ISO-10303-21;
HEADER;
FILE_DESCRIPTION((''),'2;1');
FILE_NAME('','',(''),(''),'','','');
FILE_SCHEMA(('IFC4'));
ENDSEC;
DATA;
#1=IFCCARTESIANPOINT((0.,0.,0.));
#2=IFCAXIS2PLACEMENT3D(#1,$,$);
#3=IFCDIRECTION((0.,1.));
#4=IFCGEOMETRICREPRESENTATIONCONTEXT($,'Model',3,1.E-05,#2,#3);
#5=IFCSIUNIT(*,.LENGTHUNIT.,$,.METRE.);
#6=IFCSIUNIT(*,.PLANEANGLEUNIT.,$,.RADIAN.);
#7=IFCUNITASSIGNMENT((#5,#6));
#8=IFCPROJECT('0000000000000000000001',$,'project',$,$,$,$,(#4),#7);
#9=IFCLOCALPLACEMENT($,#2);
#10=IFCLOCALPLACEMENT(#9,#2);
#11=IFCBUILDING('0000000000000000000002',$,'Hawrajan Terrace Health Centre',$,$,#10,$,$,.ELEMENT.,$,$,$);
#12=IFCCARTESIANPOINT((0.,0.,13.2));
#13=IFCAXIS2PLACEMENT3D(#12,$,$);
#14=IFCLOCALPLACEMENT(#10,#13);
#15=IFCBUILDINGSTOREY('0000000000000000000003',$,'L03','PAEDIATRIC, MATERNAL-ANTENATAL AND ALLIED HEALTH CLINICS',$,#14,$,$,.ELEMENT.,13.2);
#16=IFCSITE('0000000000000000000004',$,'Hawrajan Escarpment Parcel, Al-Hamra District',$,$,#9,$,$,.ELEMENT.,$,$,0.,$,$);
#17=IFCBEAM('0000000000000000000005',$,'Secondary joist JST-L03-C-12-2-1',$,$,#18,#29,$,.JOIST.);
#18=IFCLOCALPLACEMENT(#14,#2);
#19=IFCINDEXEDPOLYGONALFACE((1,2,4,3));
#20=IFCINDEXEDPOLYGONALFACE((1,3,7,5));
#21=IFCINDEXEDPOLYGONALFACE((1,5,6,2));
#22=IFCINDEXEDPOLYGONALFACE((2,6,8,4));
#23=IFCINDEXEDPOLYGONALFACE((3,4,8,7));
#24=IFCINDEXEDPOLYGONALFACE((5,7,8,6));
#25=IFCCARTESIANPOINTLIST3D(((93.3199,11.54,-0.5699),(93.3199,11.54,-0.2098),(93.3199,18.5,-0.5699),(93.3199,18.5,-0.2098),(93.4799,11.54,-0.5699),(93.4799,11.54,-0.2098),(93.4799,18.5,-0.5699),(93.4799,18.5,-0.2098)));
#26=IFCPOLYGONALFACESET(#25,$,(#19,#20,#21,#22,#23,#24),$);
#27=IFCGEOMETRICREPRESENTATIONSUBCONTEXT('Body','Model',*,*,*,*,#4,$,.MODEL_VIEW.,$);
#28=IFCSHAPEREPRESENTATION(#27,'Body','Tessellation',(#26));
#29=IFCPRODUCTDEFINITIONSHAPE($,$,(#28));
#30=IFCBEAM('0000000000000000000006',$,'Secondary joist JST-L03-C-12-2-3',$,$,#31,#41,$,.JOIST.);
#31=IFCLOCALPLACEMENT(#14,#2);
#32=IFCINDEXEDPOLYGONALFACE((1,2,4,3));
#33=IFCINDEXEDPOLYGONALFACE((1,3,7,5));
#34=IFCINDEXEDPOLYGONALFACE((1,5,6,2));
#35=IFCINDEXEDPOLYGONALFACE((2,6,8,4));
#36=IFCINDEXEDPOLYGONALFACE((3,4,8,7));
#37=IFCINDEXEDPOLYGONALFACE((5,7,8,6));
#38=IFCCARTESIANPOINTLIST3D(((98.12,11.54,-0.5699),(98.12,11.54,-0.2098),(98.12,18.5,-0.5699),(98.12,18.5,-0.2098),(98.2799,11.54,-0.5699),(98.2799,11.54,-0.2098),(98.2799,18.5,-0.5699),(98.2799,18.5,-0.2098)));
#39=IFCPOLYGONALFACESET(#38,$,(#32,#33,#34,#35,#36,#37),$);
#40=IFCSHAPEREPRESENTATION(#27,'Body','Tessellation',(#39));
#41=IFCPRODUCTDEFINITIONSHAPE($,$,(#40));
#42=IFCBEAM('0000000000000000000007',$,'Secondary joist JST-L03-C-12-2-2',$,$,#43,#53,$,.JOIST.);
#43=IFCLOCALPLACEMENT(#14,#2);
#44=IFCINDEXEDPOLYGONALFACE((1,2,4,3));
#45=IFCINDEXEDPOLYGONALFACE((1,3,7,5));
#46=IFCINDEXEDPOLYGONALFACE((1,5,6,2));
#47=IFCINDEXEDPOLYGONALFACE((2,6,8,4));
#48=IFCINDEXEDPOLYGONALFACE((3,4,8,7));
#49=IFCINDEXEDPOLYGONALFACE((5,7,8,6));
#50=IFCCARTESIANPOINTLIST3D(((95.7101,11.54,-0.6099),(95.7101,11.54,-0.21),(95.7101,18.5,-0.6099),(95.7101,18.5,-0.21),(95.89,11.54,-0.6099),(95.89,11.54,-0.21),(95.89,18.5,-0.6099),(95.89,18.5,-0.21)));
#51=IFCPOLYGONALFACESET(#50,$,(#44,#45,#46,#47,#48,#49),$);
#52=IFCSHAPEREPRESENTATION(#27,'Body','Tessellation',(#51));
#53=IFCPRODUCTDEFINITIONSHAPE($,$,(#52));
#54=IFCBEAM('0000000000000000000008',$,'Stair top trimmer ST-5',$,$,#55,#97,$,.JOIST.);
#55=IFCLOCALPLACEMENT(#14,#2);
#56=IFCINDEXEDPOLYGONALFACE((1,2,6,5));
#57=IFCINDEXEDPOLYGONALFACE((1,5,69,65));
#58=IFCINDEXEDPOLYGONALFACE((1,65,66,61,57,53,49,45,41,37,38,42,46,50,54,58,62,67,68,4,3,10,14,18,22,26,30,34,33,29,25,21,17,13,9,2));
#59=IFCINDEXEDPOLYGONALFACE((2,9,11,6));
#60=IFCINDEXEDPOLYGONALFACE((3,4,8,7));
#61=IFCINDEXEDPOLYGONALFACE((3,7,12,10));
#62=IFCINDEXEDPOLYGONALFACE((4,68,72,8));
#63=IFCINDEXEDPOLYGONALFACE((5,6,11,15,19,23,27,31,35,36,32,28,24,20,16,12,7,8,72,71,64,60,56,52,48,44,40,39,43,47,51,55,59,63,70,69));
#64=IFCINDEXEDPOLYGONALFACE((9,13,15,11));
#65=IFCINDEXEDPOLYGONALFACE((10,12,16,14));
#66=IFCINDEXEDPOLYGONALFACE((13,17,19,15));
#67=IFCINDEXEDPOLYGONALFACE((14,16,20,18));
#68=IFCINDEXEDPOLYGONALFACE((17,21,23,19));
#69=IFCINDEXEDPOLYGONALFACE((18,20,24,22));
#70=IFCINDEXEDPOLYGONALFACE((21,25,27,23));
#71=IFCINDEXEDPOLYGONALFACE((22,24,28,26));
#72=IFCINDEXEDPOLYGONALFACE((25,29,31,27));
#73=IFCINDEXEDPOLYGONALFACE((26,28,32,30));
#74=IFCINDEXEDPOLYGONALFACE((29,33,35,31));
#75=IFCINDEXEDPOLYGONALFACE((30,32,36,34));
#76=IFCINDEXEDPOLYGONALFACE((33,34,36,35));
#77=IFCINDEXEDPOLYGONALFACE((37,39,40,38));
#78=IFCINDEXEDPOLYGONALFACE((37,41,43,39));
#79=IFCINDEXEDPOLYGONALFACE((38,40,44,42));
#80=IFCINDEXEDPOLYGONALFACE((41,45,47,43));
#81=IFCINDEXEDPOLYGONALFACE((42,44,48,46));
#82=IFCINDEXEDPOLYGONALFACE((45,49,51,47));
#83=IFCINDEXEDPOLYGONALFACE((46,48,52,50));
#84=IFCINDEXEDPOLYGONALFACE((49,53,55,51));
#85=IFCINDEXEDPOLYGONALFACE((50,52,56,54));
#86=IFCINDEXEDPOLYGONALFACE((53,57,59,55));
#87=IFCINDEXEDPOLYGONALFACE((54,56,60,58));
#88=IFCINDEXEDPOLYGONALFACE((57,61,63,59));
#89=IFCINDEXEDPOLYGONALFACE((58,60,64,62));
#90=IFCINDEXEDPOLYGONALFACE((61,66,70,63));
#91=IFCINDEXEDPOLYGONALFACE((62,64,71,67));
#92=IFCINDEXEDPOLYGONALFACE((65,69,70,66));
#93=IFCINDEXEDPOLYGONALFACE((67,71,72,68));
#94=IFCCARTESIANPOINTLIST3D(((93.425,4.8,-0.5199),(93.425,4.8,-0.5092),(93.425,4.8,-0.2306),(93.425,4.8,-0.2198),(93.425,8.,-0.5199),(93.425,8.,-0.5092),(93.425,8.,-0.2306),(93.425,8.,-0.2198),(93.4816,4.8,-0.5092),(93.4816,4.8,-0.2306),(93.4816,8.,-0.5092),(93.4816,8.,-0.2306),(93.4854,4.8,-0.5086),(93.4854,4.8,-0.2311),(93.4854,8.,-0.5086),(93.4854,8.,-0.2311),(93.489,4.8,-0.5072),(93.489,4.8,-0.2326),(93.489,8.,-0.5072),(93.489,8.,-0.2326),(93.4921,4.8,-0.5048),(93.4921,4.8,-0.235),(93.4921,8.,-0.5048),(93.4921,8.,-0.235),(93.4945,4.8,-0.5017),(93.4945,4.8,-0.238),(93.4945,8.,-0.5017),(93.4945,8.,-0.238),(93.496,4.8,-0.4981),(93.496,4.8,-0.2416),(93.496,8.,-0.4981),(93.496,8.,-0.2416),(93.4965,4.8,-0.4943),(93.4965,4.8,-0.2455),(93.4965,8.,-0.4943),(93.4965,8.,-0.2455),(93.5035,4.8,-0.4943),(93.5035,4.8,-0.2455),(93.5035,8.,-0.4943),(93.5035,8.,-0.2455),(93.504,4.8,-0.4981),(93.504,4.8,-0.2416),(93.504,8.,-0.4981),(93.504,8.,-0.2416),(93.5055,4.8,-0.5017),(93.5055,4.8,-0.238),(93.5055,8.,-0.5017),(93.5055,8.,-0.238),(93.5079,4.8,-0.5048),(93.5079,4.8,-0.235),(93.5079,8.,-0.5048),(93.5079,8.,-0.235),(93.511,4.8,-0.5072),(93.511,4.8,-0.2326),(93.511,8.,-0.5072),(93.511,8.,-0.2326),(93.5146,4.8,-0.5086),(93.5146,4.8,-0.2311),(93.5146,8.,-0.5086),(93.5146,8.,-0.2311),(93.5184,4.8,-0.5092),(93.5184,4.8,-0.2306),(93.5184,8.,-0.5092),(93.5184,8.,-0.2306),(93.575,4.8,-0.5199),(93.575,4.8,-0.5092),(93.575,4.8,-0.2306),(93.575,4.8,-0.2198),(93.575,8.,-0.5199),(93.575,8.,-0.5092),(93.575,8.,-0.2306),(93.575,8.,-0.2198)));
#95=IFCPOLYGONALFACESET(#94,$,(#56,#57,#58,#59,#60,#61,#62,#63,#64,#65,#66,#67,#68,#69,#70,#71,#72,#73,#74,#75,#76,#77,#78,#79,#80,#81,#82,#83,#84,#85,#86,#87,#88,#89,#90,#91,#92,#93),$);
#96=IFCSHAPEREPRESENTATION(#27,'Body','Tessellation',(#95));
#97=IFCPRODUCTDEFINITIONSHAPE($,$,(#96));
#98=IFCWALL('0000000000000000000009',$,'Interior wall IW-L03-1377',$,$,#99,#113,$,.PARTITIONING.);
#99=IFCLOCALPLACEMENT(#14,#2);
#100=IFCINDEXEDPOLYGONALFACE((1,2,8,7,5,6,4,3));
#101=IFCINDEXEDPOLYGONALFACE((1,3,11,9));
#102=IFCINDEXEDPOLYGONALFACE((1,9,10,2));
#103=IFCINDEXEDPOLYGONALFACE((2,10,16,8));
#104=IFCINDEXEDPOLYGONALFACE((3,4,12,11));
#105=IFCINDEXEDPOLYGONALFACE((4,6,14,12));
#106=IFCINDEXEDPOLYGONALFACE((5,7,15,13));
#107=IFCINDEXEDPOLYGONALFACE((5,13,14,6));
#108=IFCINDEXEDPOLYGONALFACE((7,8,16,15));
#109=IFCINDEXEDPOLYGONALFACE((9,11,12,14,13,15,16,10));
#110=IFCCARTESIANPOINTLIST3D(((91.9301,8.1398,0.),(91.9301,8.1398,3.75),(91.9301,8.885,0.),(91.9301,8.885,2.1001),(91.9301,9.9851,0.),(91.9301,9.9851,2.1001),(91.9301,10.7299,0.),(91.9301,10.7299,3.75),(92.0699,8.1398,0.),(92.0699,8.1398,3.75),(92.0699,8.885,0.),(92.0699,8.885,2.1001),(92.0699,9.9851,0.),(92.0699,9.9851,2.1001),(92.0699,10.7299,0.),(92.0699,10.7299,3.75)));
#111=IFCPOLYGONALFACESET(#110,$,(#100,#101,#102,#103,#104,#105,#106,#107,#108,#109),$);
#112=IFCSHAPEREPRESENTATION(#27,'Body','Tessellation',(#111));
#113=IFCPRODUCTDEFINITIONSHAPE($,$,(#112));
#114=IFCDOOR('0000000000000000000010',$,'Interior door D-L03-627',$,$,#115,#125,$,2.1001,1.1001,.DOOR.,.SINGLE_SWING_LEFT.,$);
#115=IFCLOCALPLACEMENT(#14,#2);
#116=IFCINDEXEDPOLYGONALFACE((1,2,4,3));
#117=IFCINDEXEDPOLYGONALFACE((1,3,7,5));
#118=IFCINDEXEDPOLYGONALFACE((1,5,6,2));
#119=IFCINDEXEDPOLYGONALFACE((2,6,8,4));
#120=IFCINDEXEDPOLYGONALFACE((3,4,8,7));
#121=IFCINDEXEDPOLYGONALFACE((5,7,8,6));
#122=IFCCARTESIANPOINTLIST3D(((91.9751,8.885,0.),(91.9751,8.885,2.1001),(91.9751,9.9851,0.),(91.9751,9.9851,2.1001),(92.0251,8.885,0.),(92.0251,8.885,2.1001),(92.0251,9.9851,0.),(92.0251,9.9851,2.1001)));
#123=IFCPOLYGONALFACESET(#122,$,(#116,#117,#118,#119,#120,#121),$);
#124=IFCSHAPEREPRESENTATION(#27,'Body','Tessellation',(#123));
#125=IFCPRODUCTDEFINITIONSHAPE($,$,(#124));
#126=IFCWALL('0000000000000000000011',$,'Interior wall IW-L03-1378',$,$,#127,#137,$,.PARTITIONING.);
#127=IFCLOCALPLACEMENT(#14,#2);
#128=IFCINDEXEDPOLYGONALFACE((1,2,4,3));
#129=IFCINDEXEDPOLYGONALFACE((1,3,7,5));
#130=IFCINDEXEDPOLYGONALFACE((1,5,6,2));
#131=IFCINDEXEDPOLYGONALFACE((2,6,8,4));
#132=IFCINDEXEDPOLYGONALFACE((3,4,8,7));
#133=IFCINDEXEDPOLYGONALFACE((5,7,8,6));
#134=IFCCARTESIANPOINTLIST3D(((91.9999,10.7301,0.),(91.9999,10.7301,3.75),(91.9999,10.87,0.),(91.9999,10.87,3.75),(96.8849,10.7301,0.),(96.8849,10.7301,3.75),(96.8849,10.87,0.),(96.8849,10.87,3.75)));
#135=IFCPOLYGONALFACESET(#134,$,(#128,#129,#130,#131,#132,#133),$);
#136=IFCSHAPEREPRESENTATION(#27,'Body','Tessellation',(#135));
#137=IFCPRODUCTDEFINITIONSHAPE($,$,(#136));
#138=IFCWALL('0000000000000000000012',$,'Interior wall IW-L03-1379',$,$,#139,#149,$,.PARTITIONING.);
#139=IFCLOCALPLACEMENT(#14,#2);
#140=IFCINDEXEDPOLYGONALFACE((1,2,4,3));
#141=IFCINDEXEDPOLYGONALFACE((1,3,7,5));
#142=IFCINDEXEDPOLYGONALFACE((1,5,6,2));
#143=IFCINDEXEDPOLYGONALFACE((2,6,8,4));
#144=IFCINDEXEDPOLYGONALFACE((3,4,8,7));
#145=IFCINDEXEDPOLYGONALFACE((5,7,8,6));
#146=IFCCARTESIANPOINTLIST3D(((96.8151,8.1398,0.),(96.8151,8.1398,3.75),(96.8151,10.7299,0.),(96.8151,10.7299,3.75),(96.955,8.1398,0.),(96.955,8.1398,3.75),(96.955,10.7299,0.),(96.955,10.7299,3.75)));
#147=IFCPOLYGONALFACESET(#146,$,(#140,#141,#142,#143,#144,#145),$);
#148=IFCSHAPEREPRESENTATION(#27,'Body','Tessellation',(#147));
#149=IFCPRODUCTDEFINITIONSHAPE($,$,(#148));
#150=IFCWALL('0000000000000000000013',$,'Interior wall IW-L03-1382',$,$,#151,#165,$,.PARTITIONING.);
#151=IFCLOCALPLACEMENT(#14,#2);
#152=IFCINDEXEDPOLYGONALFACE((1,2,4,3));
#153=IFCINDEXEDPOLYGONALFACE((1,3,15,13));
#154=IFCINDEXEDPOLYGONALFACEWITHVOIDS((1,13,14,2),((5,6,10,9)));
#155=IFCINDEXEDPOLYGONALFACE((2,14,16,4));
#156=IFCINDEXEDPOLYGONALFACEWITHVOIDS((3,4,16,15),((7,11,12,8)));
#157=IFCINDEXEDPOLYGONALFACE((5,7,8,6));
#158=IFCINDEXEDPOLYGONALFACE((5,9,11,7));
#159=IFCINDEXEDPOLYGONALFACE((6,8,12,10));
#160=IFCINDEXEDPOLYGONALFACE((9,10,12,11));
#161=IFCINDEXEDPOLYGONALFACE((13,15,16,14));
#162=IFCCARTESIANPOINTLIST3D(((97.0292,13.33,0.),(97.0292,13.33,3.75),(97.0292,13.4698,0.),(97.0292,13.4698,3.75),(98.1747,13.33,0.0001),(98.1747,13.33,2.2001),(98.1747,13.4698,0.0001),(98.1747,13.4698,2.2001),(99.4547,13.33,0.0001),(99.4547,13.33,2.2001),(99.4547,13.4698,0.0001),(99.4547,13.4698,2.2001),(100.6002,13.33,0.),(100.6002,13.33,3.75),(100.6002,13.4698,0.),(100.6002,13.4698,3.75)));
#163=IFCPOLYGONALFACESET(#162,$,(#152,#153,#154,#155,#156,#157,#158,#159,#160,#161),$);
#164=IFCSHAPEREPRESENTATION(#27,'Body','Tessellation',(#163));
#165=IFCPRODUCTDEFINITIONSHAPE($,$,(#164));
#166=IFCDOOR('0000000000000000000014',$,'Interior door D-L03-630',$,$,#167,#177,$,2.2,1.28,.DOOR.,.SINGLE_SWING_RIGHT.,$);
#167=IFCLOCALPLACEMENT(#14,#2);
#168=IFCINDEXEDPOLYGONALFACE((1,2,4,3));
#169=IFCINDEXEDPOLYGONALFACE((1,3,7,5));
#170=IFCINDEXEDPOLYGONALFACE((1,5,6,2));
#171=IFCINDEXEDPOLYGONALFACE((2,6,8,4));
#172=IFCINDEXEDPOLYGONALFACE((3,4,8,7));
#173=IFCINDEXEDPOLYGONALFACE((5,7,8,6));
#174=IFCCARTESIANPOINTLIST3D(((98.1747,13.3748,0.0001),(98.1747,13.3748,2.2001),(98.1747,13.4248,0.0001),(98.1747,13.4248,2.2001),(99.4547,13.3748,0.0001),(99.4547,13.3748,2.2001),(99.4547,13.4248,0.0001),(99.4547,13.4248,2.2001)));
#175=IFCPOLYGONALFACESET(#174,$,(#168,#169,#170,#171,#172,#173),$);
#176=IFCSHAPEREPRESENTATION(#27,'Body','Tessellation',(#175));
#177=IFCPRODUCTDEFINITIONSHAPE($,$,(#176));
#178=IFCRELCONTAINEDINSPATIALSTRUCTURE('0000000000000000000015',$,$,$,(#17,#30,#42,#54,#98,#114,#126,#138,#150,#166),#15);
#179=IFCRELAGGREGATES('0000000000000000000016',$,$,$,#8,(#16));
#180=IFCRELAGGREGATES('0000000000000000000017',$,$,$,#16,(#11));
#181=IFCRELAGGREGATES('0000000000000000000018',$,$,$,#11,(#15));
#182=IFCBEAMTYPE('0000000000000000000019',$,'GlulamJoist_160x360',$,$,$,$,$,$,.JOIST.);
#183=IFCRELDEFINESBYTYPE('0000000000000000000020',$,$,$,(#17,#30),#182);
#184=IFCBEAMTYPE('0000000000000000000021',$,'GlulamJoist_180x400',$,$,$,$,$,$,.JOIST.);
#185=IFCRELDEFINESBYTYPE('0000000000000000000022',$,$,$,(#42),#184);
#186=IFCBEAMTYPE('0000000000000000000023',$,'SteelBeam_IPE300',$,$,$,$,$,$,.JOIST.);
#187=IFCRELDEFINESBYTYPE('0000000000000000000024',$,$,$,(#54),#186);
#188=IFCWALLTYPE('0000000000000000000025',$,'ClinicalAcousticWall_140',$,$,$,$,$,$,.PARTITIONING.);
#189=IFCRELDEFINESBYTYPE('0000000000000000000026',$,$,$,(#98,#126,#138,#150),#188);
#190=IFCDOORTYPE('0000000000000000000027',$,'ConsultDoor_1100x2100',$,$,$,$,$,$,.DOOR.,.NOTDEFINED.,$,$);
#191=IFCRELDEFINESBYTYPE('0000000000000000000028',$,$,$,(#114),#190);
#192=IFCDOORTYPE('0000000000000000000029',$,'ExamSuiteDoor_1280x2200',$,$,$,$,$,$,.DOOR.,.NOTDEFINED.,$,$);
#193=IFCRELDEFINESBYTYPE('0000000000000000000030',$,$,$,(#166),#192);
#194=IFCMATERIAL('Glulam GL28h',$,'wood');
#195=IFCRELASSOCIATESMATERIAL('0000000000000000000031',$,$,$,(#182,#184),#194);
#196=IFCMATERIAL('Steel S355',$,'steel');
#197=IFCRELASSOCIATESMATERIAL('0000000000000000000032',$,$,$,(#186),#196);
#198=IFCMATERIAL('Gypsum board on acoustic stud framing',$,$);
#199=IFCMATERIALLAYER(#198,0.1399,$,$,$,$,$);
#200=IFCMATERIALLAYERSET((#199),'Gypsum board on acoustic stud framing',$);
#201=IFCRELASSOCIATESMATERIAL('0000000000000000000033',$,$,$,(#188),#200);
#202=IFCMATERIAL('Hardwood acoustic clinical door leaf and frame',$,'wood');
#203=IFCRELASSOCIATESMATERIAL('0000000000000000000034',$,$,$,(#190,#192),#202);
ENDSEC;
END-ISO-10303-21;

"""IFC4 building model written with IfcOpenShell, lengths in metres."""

from ifc_helpers import new_model, si_unit, direction, frame, frame_2d, origin, origin_2d, place, context, subcontext, project, spatial, rectangle, i_section, extrude, material, layer, layer_set, material_profile, profile_set, type_object, element, fill, save


model = new_model("IFC4")

# Units and contexts
model_context = context("Model", 3, precision=1e-05, world=origin(), true_north=direction((0.0, 1.0)))
body_context = subcontext(model_context, "Body", "Model", "MODEL_VIEW")
ifc_project = project(units=[si_unit("LENGTHUNIT", "METRE"), si_unit("PLANEANGLEUNIT", "RADIAN")], contexts=[model_context])

# Site, building, storey
site_placement = place(None, origin())
site = spatial("IfcSite", under=ifc_project, at=site_placement, Name="Hawrajan Escarpment Parcel, Al-Hamra District", CompositionType="ELEMENT", RefElevation=0.0)
building_placement = place(site_placement, origin())
building = spatial("IfcBuilding", under=site, at=building_placement, Name="Hawrajan Terrace Health Centre", CompositionType="ELEMENT")
storey_placement = place(building_placement, frame((0.0, 0.0, 13.2)))
storey = spatial("IfcBuildingStorey", under=building, at=storey_placement, Name="L03", Description="PAEDIATRIC, MATERNAL-ANTENATAL AND ALLIED HEALTH CLINICS", CompositionType="ELEMENT", Elevation=13.2)

# Beams
ifc_material_1 = material(Name="Glulam GL28h", Category="wood")
ifc_material_profile_1 = material_profile(ifc_material_1, rectangle(XDim=0.1599, YDim=0.3601, at=origin_2d()), Name="GL JST 160x360")
ifc_profile_set_1 = profile_set([ifc_material_profile_1], Name="Glulam GL28h")
beam_type_1 = type_object("IfcBeamType", Name="GlulamJoist_160x360", PredefinedType="JOIST", material=ifc_profile_set_1)
for number, where, z_axis, x_axis, name in (
    (1, (93.3999, 11.54, -0.3899), (0.0, 1.0, 0.0), (-1.0, 0.0, 0.0), "Secondary joist JST-L03-C-12-2-1"),
    (2, (98.2, 11.54, -0.3899), (0.0, 1.0, 0.0), (-1.0, 0.0, 0.0), "Secondary joist JST-L03-C-12-2-3"),
):
    element("IfcBeam", number, at=place(storey_placement, frame(where, z_axis=z_axis, x_axis=x_axis)), inside=storey, type_object=beam_type_1, Name=name, PredefinedType="JOIST", context=body_context, shape_type="SweptSolid", body=[
        extrude(rectangle(XDim=0.1599, YDim=0.3601, at=origin_2d()), origin(), (0.0, 0.0, 1.0), 6.96),
    ])
ifc_material_profile_2 = material_profile(ifc_material_1, rectangle(XDim=0.1799, YDim=0.3999, at=origin_2d()), Name="GL JST 180x400")
ifc_profile_set_2 = profile_set([ifc_material_profile_2], Name="Glulam GL28h")
beam_type_2 = type_object("IfcBeamType", Name="GlulamJoist_180x400", PredefinedType="JOIST", material=ifc_profile_set_2)
beam_1_placement = place(storey_placement, frame((95.8, 11.54, -0.4099), z_axis=(0.0, 1.0, 0.0), x_axis=(-1.0, 0.0, 0.0)))
element("IfcBeam", 3, at=beam_1_placement, inside=storey, type_object=beam_type_2, Name="Secondary joist JST-L03-C-12-2-2", PredefinedType="JOIST", context=body_context, shape_type="SweptSolid", body=[
    extrude(rectangle(XDim=0.1799, YDim=0.3999, at=origin_2d()), origin(), (0.0, 0.0, 1.0), 6.96),
])
ifc_material_2 = material(Name="Steel S355", Category="steel")
ifc_material_profile_3 = material_profile(ifc_material_2, i_section(OverallWidth=0.1499, OverallDepth=0.3, WebThickness=0.0071, FlangeThickness=0.0107, FilletRadius=0.0149, at=origin_2d()), Name="IPE 300")
ifc_profile_set_3 = profile_set([ifc_material_profile_3], Name="Steel S355")
beam_type_3 = type_object("IfcBeamType", Name="SteelBeam_IPE300", PredefinedType="JOIST", material=ifc_profile_set_3)
beam_2_placement = place(storey_placement, frame((93.5, 4.8, -0.3699), z_axis=(0.0, 1.0, 0.0), x_axis=(-1.0, 0.0, 0.0)))
element("IfcBeam", 4, at=beam_2_placement, inside=storey, type_object=beam_type_3, Name="Stair top trimmer ST-5", PredefinedType="JOIST", context=body_context, shape_type="SweptSolid", body=[
    extrude(i_section(OverallWidth=0.1499, OverallDepth=0.3, WebThickness=0.0071, FlangeThickness=0.0107, FilletRadius=0.0149, at=origin_2d()), origin(), (0.0, 0.0, 1.0), 3.2),
])

# Wall, opening, door
ifc_material_3 = material(Name="Gypsum board on acoustic stud framing")
ifc_layer_1 = layer(ifc_material_3, 0.1399)
ifc_layer_set_1 = layer_set([ifc_layer_1], Name="Gypsum board on acoustic stud framing")
wall_type_1 = type_object("IfcWallType", Name="ClinicalAcousticWall_140", PredefinedType="PARTITIONING", material=ifc_layer_set_1)
wall_1_placement = place(storey_placement, frame((92.0, 8.1399, 0.0), z_axis=(0.0, 0.0, 1.0), x_axis=(0.0, 1.0, 0.0)))
wall_1 = element("IfcWall", 5, at=wall_1_placement, inside=storey, type_object=wall_type_1, Name="Interior wall IW-L03-1377", PredefinedType="PARTITIONING", context=body_context, shape_type="SweptSolid", body=[
    extrude(rectangle(XDim=2.5901, YDim=0.1399, at=frame_2d((1.2949, 0.0))), origin(), (0.0, 0.0, 1.0), 3.75),
])
opening_1_placement = place(wall_1_placement, frame((0.7451, 0.0, 0.0)))
opening_1 = element("IfcOpeningElement", 6, at=opening_1_placement, cuts=wall_1, PredefinedType="OPENING", context=body_context, shape_type="SweptSolid", body=[
    extrude(rectangle(XDim=1.1001, YDim=2.1001, at=frame_2d((0.55, 1.05))), frame((0.0, 0.0798, 0.0), z_axis=(0.0, -1.0, 0.0), x_axis=(1.0, 0.0, 0.0)), (0.0, 0.0, 1.0), 0.1599),
])
ifc_material_4 = material(Name="Hardwood acoustic clinical door leaf and frame", Category="wood")
door_type_1 = type_object("IfcDoorType", Name="ConsultDoor_1100x2100", OperationType="NOTDEFINED", PredefinedType="DOOR", material=ifc_material_4)
door_1_placement = place(opening_1_placement, origin())
door_1 = element("IfcDoor", 7, at=door_1_placement, inside=storey, type_object=door_type_1, Name="Interior door D-L03-627", OperationType="SINGLE_SWING_LEFT", OverallHeight=2.1001, OverallWidth=1.1001, PredefinedType="DOOR", context=body_context, shape_type="SweptSolid", body=[
    extrude(rectangle(XDim=1.1001, YDim=2.1001, at=frame_2d((0.55, 1.05))), frame((0.0, 0.0249, 0.0), z_axis=(0.0, -1.0, 0.0), x_axis=(1.0, 0.0, 0.0)), (0.0, 0.0, 1.0), 0.05),
])
fill(opening_1, door_1)

# Walls
wall_2_placement = place(storey_placement, frame((92.0, 10.8, 0.0), z_axis=(0.0, 0.0, 1.0), x_axis=(1.0, 0.0, 0.0)))
element("IfcWall", 8, at=wall_2_placement, inside=storey, type_object=wall_type_1, Name="Interior wall IW-L03-1378", PredefinedType="PARTITIONING", context=body_context, shape_type="SweptSolid", body=[
    extrude(rectangle(XDim=4.885, YDim=0.1399, at=frame_2d((2.4424, 0.0))), origin(), (0.0, 0.0, 1.0), 3.75),
])
wall_3_placement = place(storey_placement, frame((96.885, 8.1399, 0.0), z_axis=(0.0, 0.0, 1.0), x_axis=(0.0, 1.0, 0.0)))
element("IfcWall", 9, at=wall_3_placement, inside=storey, type_object=wall_type_1, Name="Interior wall IW-L03-1379", PredefinedType="PARTITIONING", context=body_context, shape_type="SweptSolid", body=[
    extrude(rectangle(XDim=2.5901, YDim=0.1399, at=frame_2d((1.2949, 0.0))), origin(), (0.0, 0.0, 1.0), 3.75),
])

# Wall, opening, door
wall_4_placement = place(storey_placement, frame((97.0291, 13.3999, 0.0), z_axis=(0.0, 0.0, 1.0), x_axis=(1.0, 0.0, 0.0)))
wall_4 = element("IfcWall", 10, at=wall_4_placement, inside=storey, type_object=wall_type_1, Name="Interior wall IW-L03-1382", PredefinedType="PARTITIONING", context=body_context, shape_type="SweptSolid", body=[
    extrude(rectangle(XDim=3.571, YDim=0.1399, at=frame_2d((1.7856, 0.0))), origin(), (0.0, 0.0, 1.0), 3.75),
])
opening_2_placement = place(wall_4_placement, frame((1.1455, 0.0, 0.0)))
opening_2 = element("IfcOpeningElement", 11, at=opening_2_placement, cuts=wall_4, PredefinedType="OPENING", context=body_context, shape_type="SweptSolid", body=[
    extrude(rectangle(XDim=1.28, YDim=2.2, at=frame_2d((0.6401, 1.1001))), frame((0.0, 0.0798, 0.0), z_axis=(0.0, -1.0, 0.0), x_axis=(1.0, 0.0, 0.0)), (0.0, 0.0, 1.0), 0.1599),
])
door_type_2 = type_object("IfcDoorType", Name="ExamSuiteDoor_1280x2200", OperationType="NOTDEFINED", PredefinedType="DOOR", material=ifc_material_4)
door_2_placement = place(opening_2_placement, origin())
door_2 = element("IfcDoor", 12, at=door_2_placement, inside=storey, type_object=door_type_2, Name="Interior door D-L03-630", OperationType="SINGLE_SWING_RIGHT", OverallHeight=2.2, OverallWidth=1.28, PredefinedType="DOOR", context=body_context, shape_type="SweptSolid", body=[
    extrude(rectangle(XDim=1.28, YDim=2.2, at=frame_2d((0.6401, 1.1001))), frame((0.0, 0.0249, 0.0), z_axis=(0.0, -1.0, 0.0), x_axis=(1.0, 0.0, 0.0)), (0.0, 0.0, 1.0), 0.05),
])
fill(opening_2, door_2)

save(model, "model.ifc")
